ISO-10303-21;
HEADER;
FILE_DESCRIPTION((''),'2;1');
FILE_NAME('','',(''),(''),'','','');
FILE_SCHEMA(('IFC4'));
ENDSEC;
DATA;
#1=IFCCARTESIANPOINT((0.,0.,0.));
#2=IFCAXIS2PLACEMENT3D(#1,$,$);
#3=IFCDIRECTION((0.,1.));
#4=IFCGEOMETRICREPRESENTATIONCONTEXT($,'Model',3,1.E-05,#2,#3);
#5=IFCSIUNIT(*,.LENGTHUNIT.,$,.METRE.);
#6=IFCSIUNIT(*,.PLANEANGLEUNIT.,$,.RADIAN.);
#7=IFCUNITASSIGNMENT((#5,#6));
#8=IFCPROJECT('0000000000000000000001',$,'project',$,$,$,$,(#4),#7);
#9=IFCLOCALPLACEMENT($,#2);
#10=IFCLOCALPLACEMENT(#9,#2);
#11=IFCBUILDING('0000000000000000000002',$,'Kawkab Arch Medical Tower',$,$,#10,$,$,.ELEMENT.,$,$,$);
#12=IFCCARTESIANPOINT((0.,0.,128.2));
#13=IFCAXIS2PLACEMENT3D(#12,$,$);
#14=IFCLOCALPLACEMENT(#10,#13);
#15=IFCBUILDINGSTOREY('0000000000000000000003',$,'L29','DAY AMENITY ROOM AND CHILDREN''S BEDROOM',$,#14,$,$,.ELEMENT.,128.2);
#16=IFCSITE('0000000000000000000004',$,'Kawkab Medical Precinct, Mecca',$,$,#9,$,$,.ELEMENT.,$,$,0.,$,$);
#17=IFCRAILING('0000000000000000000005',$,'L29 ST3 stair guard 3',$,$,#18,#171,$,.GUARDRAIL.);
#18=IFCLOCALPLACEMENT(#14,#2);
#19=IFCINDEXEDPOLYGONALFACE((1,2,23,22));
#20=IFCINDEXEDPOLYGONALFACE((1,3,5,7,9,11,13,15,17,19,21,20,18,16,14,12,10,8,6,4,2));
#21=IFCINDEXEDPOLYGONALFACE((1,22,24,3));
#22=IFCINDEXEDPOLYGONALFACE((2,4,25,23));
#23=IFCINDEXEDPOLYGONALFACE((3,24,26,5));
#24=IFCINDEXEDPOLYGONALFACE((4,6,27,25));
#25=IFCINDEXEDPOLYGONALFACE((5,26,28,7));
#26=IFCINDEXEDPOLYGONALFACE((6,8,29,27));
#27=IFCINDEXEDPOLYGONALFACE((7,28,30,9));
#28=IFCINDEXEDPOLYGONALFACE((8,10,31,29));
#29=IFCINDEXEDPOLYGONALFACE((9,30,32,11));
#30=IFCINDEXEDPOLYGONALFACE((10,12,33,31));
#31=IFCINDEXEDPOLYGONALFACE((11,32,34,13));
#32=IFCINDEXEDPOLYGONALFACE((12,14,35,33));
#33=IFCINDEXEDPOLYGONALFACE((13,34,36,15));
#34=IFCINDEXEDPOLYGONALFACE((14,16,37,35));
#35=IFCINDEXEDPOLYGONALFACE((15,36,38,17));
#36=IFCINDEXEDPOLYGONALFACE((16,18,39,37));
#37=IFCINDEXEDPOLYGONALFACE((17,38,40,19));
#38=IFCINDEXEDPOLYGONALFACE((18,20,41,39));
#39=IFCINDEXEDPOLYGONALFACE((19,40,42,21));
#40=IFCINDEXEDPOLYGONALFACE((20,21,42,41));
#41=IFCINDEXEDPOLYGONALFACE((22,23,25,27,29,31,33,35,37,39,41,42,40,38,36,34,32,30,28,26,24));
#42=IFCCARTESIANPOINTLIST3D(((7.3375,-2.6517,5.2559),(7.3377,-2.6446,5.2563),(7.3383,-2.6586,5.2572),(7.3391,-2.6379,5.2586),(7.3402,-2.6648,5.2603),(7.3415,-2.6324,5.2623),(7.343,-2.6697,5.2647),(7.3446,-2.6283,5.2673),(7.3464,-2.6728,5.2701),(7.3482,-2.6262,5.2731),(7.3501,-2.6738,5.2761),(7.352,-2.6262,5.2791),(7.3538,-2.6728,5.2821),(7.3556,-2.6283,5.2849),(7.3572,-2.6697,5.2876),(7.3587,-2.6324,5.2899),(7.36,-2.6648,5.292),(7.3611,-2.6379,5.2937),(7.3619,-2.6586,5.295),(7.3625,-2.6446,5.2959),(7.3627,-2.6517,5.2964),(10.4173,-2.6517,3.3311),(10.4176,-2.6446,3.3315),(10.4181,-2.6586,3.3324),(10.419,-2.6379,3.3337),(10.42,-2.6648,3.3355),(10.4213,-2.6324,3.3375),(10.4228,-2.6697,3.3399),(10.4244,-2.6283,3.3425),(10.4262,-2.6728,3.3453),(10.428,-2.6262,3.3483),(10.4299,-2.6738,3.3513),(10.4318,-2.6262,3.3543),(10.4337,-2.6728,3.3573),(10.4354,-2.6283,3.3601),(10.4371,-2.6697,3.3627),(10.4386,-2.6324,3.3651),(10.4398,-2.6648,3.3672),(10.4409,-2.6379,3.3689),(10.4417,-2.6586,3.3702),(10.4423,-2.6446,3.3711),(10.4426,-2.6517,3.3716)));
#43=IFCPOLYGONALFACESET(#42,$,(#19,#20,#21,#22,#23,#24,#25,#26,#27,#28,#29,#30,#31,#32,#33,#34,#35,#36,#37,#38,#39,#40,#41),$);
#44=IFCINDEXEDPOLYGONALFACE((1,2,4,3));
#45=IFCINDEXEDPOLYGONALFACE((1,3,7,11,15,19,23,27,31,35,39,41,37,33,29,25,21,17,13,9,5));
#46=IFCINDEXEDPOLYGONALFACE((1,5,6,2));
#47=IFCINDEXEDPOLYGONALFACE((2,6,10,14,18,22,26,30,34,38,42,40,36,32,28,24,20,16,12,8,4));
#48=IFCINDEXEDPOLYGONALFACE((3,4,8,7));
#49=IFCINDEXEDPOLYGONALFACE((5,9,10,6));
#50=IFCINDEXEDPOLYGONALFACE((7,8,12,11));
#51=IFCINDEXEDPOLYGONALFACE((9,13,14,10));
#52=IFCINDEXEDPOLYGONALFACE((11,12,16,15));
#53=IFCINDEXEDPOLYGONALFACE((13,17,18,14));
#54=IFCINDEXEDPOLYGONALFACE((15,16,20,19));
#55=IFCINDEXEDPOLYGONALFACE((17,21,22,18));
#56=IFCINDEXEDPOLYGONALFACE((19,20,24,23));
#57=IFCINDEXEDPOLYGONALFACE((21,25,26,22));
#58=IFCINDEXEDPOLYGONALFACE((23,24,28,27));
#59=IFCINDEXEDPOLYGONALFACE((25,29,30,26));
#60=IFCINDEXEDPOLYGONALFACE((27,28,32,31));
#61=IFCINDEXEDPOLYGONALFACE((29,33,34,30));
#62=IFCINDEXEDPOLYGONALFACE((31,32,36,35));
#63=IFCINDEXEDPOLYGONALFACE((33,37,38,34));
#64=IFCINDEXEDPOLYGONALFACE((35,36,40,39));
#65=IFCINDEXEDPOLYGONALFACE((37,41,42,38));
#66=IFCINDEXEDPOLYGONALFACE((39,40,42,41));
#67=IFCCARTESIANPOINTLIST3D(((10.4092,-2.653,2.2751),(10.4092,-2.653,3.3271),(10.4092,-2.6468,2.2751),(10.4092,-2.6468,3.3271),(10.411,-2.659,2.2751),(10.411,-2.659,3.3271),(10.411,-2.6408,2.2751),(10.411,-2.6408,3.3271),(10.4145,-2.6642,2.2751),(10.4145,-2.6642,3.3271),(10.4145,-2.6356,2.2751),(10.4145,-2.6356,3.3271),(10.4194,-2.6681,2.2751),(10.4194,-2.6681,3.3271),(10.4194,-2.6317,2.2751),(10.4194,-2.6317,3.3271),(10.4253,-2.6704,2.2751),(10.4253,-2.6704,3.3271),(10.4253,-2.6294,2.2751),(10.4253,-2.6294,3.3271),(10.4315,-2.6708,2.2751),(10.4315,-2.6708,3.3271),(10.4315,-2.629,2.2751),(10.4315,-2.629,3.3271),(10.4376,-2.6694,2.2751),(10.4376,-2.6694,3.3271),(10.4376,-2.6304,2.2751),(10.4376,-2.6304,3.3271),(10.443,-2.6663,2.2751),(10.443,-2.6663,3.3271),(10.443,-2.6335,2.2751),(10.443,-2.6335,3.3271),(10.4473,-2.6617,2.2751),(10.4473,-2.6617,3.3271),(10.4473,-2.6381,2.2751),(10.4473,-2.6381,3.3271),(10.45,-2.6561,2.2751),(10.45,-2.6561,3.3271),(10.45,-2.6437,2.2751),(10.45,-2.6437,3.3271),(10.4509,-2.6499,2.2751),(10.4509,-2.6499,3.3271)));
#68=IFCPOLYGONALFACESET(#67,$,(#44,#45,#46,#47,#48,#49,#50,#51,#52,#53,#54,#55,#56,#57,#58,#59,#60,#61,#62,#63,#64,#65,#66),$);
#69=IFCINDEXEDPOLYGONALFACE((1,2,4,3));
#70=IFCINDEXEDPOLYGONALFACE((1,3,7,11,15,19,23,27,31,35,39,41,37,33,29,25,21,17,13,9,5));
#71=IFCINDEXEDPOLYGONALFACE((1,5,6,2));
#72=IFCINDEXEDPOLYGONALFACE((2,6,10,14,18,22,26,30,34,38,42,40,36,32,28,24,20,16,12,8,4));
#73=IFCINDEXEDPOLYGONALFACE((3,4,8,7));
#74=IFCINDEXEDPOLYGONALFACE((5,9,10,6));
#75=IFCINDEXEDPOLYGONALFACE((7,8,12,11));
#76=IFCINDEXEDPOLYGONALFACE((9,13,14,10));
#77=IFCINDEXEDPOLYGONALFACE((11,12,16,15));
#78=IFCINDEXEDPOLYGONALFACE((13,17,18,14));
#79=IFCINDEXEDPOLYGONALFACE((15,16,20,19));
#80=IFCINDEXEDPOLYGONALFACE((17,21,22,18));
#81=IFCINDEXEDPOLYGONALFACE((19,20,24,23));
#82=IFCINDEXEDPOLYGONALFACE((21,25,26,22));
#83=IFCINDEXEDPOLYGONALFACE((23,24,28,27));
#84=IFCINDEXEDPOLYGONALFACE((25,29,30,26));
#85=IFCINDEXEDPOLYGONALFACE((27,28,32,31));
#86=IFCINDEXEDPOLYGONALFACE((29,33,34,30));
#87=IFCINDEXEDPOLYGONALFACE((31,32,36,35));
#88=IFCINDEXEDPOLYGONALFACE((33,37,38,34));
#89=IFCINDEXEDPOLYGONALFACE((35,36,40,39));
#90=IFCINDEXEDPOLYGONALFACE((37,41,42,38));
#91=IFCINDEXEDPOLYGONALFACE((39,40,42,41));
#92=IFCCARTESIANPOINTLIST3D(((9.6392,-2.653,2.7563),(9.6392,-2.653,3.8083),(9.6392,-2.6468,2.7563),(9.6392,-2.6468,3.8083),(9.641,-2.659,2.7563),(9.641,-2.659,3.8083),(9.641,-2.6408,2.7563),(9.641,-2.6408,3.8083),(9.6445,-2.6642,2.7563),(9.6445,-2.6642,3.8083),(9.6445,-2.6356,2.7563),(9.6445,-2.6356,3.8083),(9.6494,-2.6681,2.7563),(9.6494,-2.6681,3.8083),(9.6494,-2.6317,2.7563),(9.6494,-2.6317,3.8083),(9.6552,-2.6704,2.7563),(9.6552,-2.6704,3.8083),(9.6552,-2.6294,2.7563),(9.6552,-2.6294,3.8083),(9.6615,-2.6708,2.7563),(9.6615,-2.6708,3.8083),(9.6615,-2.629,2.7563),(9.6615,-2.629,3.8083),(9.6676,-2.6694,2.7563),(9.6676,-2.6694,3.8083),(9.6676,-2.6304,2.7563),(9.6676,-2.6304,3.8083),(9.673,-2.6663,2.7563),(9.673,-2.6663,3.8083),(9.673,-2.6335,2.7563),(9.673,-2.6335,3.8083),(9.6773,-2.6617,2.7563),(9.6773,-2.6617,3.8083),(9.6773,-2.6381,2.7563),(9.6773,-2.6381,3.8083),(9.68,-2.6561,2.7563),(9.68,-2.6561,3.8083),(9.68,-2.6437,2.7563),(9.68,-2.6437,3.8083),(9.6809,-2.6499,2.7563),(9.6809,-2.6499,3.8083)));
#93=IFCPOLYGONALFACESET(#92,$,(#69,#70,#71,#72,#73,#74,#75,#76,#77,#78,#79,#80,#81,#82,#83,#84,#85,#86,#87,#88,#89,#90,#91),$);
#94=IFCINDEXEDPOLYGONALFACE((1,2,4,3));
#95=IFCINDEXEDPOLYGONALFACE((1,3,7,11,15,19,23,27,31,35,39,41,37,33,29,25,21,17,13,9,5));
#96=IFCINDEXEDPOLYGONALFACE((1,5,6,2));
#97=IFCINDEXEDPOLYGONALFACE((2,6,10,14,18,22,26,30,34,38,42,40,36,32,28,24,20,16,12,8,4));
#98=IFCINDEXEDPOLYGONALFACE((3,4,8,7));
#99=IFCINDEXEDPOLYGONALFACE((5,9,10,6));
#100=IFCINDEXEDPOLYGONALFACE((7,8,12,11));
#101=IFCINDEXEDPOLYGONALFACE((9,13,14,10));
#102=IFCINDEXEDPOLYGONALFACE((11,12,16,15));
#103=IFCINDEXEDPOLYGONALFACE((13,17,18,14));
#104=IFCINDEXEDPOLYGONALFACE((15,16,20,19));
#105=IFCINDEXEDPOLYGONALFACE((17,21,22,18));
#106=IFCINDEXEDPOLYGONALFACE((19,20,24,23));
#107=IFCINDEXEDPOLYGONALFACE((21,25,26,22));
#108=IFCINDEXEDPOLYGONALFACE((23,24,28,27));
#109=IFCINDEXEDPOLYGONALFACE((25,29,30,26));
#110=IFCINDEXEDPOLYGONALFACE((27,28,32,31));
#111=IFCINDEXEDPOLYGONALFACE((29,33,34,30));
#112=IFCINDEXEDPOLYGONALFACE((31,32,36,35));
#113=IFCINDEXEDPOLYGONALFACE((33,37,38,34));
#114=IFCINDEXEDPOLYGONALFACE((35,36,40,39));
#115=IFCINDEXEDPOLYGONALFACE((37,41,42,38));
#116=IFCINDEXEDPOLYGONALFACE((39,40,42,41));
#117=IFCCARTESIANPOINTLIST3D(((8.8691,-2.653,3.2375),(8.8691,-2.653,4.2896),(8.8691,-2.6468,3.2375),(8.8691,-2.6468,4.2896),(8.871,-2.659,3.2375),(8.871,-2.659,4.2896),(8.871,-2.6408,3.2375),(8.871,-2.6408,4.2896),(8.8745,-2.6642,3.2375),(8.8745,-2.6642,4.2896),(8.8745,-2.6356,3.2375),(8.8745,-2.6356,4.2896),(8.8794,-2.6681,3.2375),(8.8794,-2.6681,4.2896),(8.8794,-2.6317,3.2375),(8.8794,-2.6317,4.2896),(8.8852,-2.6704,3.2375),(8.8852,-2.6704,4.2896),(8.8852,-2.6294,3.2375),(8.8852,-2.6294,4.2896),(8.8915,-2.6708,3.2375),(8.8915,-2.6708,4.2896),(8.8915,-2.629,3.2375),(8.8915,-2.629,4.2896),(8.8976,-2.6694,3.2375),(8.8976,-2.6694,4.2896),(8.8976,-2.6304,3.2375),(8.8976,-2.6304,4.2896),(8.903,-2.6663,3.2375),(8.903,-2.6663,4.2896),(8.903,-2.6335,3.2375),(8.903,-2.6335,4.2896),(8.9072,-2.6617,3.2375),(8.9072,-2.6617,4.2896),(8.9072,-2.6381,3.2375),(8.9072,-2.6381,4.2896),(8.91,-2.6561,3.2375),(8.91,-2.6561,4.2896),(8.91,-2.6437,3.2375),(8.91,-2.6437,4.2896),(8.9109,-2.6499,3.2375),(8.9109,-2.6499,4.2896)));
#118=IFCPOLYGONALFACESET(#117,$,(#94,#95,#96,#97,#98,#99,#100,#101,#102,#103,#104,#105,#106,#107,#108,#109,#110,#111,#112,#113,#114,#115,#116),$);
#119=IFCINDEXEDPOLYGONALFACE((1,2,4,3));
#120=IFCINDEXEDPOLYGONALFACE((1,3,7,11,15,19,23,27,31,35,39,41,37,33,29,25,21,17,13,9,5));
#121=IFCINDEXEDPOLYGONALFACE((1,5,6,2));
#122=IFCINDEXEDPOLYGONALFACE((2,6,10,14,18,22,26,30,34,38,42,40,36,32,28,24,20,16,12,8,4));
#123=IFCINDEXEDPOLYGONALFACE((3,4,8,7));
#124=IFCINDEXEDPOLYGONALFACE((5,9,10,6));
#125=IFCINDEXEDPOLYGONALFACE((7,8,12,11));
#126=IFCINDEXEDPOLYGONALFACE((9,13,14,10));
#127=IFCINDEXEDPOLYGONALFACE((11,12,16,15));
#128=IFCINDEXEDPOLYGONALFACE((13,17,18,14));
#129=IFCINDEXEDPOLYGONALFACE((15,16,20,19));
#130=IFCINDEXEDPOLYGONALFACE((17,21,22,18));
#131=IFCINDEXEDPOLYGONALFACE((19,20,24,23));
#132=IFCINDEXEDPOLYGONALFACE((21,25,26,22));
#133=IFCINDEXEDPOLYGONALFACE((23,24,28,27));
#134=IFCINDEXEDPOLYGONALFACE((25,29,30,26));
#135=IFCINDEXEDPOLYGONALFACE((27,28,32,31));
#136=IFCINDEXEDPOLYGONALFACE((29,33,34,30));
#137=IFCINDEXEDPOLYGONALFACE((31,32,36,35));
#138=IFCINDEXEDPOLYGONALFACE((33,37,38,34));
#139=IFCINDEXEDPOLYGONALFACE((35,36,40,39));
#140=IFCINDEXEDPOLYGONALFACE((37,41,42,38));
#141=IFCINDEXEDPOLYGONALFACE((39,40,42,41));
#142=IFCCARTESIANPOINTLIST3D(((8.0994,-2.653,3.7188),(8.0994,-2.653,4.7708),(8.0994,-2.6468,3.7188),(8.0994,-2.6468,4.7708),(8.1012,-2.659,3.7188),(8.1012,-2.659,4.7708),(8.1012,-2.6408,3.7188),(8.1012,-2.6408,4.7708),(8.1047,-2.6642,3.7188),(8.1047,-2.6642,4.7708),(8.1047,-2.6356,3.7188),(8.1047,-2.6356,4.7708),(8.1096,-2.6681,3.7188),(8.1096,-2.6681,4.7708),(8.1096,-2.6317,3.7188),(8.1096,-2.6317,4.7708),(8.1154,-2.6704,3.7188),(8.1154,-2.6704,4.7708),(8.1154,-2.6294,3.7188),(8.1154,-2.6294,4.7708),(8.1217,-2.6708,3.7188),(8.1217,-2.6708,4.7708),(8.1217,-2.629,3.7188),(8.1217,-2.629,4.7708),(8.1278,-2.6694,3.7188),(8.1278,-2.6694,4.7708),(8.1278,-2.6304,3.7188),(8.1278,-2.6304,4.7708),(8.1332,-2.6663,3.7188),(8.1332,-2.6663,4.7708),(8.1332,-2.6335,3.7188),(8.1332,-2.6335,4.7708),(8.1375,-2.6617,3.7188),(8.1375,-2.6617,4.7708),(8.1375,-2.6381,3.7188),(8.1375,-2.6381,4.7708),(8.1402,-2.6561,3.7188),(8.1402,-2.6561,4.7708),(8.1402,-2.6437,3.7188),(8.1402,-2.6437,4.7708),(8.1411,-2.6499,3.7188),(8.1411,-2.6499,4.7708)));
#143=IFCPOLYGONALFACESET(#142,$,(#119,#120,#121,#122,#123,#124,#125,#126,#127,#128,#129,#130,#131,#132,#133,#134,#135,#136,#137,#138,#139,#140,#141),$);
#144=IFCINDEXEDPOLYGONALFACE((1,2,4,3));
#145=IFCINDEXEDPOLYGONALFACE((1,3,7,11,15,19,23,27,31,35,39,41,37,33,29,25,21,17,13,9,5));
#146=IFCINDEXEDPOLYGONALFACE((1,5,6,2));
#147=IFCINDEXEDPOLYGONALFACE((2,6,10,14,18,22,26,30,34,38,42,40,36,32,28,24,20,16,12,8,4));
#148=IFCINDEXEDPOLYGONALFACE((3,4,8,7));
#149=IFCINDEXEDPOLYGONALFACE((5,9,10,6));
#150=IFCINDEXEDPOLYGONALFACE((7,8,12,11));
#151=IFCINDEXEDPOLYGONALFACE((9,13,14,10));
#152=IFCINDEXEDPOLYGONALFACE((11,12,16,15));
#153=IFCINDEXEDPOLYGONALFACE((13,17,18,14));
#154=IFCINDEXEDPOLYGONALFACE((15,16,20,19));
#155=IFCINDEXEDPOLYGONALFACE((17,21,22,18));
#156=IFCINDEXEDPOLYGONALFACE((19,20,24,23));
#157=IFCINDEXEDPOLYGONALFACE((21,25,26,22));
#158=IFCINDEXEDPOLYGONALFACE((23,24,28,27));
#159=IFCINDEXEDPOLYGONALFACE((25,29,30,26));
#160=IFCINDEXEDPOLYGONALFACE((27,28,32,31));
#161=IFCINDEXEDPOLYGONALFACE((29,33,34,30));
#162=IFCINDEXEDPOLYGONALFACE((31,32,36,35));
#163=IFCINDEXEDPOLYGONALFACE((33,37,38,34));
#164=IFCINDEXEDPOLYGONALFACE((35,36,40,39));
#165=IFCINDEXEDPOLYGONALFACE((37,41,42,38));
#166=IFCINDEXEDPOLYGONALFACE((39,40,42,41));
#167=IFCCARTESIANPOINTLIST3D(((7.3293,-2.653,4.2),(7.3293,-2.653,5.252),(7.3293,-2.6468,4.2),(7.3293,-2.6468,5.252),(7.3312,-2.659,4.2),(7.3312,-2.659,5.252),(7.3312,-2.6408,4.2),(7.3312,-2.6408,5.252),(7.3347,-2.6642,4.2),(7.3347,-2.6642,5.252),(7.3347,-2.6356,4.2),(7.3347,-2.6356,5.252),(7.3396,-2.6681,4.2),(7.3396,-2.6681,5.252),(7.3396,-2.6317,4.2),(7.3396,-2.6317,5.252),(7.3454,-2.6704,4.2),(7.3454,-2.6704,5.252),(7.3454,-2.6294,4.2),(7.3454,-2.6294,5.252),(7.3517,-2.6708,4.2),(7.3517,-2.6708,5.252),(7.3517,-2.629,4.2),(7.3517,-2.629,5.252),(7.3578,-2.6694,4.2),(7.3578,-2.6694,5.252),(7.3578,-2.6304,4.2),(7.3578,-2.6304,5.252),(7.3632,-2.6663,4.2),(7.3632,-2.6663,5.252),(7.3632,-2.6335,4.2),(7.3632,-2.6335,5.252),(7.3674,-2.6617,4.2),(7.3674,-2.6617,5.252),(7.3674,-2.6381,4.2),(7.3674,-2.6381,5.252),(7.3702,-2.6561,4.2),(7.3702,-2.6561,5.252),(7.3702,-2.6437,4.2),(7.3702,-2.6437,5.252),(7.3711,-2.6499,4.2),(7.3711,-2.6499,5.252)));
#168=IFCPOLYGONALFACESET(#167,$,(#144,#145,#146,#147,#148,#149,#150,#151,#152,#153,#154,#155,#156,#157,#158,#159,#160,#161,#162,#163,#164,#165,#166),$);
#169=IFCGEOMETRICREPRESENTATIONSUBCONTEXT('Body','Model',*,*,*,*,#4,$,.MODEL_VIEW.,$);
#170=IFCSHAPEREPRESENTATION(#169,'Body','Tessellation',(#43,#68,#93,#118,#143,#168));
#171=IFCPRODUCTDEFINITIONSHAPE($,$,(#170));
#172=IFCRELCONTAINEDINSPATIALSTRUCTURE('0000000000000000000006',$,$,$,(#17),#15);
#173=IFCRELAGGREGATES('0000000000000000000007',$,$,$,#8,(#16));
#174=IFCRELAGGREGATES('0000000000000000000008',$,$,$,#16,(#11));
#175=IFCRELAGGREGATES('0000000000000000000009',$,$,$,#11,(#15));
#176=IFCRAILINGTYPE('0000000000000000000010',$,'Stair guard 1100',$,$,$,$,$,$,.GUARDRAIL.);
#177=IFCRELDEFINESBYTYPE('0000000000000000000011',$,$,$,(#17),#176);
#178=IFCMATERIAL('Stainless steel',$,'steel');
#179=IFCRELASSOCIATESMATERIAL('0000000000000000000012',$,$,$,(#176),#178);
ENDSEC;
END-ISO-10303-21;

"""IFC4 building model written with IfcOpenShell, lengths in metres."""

from ifc_helpers import new_model, si_unit, direction, frame, origin, origin_2d, place, context, subcontext, project, spatial, circle, extrude, material, type_object, element, save


model = new_model("IFC4")

# Units and contexts
model_context = context("Model", 3, precision=1e-05, world=origin(), true_north=direction((0.0, 1.0)))
body_context = subcontext(model_context, "Body", "Model", "MODEL_VIEW")
ifc_project = project(units=[si_unit("LENGTHUNIT", "METRE"), si_unit("PLANEANGLEUNIT", "RADIAN")], contexts=[model_context])

# Site, building, storey
site_placement = place(None, origin())
site = spatial("IfcSite", under=ifc_project, at=site_placement, Name="Kawkab Medical Precinct, Mecca", CompositionType="ELEMENT", RefElevation=0.0)
building_placement = place(site_placement, origin())
building = spatial("IfcBuilding", under=site, at=building_placement, Name="Kawkab Arch Medical Tower", CompositionType="ELEMENT")
storey_placement = place(building_placement, frame((0.0, 0.0, 128.2)))
storey = spatial("IfcBuildingStorey", under=building, at=storey_placement, Name="L29", Description="DAY AMENITY ROOM AND CHILDREN'S BEDROOM", CompositionType="ELEMENT", Elevation=128.2)

# Railing
ifc_material_1 = material(Name="Stainless steel", Category="steel")
railing_type_1 = type_object("IfcRailingType", Name="Stair guard 1100", PredefinedType="GUARDRAIL", material=ifc_material_1)
railing_1_placement = place(storey_placement, frame((10.4299, -2.6499, 2.2751)))
element("IfcRailing", 1, at=railing_1_placement, inside=storey, type_object=railing_type_1, Name="L29 ST3 stair guard 3", PredefinedType="GUARDRAIL", context=body_context, shape_type="SweptSolid", body=[
    extrude(circle(Radius=0.0239, at=origin_2d()), frame((0.0, 0.0, 1.0762), z_axis=(-0.84801, 0.0, 0.529981), x_axis=(0.0, -1.0, 0.0)), (0.0, 0.0, 1.0), 3.6318),
    extrude(circle(Radius=0.021, at=origin_2d()), origin(), (0.0, 0.0, 1.0), 1.052),
    extrude(circle(Radius=0.021, at=origin_2d()), frame((-0.77, 0.0, 0.4812)), (0.0, 0.0, 1.0), 1.052),
    extrude(circle(Radius=0.021, at=origin_2d()), frame((-1.54, 0.0, 0.9624)), (0.0, 0.0, 1.0), 1.052),
    extrude(circle(Radius=0.021, at=origin_2d()), frame((-2.3098, 0.0, 1.4436)), (0.0, 0.0, 1.0), 1.052),
    extrude(circle(Radius=0.021, at=origin_2d()), frame((-3.0798, 0.0, 1.9248)), (0.0, 0.0, 1.0), 1.052),
])

save(model, "model.ifc")
